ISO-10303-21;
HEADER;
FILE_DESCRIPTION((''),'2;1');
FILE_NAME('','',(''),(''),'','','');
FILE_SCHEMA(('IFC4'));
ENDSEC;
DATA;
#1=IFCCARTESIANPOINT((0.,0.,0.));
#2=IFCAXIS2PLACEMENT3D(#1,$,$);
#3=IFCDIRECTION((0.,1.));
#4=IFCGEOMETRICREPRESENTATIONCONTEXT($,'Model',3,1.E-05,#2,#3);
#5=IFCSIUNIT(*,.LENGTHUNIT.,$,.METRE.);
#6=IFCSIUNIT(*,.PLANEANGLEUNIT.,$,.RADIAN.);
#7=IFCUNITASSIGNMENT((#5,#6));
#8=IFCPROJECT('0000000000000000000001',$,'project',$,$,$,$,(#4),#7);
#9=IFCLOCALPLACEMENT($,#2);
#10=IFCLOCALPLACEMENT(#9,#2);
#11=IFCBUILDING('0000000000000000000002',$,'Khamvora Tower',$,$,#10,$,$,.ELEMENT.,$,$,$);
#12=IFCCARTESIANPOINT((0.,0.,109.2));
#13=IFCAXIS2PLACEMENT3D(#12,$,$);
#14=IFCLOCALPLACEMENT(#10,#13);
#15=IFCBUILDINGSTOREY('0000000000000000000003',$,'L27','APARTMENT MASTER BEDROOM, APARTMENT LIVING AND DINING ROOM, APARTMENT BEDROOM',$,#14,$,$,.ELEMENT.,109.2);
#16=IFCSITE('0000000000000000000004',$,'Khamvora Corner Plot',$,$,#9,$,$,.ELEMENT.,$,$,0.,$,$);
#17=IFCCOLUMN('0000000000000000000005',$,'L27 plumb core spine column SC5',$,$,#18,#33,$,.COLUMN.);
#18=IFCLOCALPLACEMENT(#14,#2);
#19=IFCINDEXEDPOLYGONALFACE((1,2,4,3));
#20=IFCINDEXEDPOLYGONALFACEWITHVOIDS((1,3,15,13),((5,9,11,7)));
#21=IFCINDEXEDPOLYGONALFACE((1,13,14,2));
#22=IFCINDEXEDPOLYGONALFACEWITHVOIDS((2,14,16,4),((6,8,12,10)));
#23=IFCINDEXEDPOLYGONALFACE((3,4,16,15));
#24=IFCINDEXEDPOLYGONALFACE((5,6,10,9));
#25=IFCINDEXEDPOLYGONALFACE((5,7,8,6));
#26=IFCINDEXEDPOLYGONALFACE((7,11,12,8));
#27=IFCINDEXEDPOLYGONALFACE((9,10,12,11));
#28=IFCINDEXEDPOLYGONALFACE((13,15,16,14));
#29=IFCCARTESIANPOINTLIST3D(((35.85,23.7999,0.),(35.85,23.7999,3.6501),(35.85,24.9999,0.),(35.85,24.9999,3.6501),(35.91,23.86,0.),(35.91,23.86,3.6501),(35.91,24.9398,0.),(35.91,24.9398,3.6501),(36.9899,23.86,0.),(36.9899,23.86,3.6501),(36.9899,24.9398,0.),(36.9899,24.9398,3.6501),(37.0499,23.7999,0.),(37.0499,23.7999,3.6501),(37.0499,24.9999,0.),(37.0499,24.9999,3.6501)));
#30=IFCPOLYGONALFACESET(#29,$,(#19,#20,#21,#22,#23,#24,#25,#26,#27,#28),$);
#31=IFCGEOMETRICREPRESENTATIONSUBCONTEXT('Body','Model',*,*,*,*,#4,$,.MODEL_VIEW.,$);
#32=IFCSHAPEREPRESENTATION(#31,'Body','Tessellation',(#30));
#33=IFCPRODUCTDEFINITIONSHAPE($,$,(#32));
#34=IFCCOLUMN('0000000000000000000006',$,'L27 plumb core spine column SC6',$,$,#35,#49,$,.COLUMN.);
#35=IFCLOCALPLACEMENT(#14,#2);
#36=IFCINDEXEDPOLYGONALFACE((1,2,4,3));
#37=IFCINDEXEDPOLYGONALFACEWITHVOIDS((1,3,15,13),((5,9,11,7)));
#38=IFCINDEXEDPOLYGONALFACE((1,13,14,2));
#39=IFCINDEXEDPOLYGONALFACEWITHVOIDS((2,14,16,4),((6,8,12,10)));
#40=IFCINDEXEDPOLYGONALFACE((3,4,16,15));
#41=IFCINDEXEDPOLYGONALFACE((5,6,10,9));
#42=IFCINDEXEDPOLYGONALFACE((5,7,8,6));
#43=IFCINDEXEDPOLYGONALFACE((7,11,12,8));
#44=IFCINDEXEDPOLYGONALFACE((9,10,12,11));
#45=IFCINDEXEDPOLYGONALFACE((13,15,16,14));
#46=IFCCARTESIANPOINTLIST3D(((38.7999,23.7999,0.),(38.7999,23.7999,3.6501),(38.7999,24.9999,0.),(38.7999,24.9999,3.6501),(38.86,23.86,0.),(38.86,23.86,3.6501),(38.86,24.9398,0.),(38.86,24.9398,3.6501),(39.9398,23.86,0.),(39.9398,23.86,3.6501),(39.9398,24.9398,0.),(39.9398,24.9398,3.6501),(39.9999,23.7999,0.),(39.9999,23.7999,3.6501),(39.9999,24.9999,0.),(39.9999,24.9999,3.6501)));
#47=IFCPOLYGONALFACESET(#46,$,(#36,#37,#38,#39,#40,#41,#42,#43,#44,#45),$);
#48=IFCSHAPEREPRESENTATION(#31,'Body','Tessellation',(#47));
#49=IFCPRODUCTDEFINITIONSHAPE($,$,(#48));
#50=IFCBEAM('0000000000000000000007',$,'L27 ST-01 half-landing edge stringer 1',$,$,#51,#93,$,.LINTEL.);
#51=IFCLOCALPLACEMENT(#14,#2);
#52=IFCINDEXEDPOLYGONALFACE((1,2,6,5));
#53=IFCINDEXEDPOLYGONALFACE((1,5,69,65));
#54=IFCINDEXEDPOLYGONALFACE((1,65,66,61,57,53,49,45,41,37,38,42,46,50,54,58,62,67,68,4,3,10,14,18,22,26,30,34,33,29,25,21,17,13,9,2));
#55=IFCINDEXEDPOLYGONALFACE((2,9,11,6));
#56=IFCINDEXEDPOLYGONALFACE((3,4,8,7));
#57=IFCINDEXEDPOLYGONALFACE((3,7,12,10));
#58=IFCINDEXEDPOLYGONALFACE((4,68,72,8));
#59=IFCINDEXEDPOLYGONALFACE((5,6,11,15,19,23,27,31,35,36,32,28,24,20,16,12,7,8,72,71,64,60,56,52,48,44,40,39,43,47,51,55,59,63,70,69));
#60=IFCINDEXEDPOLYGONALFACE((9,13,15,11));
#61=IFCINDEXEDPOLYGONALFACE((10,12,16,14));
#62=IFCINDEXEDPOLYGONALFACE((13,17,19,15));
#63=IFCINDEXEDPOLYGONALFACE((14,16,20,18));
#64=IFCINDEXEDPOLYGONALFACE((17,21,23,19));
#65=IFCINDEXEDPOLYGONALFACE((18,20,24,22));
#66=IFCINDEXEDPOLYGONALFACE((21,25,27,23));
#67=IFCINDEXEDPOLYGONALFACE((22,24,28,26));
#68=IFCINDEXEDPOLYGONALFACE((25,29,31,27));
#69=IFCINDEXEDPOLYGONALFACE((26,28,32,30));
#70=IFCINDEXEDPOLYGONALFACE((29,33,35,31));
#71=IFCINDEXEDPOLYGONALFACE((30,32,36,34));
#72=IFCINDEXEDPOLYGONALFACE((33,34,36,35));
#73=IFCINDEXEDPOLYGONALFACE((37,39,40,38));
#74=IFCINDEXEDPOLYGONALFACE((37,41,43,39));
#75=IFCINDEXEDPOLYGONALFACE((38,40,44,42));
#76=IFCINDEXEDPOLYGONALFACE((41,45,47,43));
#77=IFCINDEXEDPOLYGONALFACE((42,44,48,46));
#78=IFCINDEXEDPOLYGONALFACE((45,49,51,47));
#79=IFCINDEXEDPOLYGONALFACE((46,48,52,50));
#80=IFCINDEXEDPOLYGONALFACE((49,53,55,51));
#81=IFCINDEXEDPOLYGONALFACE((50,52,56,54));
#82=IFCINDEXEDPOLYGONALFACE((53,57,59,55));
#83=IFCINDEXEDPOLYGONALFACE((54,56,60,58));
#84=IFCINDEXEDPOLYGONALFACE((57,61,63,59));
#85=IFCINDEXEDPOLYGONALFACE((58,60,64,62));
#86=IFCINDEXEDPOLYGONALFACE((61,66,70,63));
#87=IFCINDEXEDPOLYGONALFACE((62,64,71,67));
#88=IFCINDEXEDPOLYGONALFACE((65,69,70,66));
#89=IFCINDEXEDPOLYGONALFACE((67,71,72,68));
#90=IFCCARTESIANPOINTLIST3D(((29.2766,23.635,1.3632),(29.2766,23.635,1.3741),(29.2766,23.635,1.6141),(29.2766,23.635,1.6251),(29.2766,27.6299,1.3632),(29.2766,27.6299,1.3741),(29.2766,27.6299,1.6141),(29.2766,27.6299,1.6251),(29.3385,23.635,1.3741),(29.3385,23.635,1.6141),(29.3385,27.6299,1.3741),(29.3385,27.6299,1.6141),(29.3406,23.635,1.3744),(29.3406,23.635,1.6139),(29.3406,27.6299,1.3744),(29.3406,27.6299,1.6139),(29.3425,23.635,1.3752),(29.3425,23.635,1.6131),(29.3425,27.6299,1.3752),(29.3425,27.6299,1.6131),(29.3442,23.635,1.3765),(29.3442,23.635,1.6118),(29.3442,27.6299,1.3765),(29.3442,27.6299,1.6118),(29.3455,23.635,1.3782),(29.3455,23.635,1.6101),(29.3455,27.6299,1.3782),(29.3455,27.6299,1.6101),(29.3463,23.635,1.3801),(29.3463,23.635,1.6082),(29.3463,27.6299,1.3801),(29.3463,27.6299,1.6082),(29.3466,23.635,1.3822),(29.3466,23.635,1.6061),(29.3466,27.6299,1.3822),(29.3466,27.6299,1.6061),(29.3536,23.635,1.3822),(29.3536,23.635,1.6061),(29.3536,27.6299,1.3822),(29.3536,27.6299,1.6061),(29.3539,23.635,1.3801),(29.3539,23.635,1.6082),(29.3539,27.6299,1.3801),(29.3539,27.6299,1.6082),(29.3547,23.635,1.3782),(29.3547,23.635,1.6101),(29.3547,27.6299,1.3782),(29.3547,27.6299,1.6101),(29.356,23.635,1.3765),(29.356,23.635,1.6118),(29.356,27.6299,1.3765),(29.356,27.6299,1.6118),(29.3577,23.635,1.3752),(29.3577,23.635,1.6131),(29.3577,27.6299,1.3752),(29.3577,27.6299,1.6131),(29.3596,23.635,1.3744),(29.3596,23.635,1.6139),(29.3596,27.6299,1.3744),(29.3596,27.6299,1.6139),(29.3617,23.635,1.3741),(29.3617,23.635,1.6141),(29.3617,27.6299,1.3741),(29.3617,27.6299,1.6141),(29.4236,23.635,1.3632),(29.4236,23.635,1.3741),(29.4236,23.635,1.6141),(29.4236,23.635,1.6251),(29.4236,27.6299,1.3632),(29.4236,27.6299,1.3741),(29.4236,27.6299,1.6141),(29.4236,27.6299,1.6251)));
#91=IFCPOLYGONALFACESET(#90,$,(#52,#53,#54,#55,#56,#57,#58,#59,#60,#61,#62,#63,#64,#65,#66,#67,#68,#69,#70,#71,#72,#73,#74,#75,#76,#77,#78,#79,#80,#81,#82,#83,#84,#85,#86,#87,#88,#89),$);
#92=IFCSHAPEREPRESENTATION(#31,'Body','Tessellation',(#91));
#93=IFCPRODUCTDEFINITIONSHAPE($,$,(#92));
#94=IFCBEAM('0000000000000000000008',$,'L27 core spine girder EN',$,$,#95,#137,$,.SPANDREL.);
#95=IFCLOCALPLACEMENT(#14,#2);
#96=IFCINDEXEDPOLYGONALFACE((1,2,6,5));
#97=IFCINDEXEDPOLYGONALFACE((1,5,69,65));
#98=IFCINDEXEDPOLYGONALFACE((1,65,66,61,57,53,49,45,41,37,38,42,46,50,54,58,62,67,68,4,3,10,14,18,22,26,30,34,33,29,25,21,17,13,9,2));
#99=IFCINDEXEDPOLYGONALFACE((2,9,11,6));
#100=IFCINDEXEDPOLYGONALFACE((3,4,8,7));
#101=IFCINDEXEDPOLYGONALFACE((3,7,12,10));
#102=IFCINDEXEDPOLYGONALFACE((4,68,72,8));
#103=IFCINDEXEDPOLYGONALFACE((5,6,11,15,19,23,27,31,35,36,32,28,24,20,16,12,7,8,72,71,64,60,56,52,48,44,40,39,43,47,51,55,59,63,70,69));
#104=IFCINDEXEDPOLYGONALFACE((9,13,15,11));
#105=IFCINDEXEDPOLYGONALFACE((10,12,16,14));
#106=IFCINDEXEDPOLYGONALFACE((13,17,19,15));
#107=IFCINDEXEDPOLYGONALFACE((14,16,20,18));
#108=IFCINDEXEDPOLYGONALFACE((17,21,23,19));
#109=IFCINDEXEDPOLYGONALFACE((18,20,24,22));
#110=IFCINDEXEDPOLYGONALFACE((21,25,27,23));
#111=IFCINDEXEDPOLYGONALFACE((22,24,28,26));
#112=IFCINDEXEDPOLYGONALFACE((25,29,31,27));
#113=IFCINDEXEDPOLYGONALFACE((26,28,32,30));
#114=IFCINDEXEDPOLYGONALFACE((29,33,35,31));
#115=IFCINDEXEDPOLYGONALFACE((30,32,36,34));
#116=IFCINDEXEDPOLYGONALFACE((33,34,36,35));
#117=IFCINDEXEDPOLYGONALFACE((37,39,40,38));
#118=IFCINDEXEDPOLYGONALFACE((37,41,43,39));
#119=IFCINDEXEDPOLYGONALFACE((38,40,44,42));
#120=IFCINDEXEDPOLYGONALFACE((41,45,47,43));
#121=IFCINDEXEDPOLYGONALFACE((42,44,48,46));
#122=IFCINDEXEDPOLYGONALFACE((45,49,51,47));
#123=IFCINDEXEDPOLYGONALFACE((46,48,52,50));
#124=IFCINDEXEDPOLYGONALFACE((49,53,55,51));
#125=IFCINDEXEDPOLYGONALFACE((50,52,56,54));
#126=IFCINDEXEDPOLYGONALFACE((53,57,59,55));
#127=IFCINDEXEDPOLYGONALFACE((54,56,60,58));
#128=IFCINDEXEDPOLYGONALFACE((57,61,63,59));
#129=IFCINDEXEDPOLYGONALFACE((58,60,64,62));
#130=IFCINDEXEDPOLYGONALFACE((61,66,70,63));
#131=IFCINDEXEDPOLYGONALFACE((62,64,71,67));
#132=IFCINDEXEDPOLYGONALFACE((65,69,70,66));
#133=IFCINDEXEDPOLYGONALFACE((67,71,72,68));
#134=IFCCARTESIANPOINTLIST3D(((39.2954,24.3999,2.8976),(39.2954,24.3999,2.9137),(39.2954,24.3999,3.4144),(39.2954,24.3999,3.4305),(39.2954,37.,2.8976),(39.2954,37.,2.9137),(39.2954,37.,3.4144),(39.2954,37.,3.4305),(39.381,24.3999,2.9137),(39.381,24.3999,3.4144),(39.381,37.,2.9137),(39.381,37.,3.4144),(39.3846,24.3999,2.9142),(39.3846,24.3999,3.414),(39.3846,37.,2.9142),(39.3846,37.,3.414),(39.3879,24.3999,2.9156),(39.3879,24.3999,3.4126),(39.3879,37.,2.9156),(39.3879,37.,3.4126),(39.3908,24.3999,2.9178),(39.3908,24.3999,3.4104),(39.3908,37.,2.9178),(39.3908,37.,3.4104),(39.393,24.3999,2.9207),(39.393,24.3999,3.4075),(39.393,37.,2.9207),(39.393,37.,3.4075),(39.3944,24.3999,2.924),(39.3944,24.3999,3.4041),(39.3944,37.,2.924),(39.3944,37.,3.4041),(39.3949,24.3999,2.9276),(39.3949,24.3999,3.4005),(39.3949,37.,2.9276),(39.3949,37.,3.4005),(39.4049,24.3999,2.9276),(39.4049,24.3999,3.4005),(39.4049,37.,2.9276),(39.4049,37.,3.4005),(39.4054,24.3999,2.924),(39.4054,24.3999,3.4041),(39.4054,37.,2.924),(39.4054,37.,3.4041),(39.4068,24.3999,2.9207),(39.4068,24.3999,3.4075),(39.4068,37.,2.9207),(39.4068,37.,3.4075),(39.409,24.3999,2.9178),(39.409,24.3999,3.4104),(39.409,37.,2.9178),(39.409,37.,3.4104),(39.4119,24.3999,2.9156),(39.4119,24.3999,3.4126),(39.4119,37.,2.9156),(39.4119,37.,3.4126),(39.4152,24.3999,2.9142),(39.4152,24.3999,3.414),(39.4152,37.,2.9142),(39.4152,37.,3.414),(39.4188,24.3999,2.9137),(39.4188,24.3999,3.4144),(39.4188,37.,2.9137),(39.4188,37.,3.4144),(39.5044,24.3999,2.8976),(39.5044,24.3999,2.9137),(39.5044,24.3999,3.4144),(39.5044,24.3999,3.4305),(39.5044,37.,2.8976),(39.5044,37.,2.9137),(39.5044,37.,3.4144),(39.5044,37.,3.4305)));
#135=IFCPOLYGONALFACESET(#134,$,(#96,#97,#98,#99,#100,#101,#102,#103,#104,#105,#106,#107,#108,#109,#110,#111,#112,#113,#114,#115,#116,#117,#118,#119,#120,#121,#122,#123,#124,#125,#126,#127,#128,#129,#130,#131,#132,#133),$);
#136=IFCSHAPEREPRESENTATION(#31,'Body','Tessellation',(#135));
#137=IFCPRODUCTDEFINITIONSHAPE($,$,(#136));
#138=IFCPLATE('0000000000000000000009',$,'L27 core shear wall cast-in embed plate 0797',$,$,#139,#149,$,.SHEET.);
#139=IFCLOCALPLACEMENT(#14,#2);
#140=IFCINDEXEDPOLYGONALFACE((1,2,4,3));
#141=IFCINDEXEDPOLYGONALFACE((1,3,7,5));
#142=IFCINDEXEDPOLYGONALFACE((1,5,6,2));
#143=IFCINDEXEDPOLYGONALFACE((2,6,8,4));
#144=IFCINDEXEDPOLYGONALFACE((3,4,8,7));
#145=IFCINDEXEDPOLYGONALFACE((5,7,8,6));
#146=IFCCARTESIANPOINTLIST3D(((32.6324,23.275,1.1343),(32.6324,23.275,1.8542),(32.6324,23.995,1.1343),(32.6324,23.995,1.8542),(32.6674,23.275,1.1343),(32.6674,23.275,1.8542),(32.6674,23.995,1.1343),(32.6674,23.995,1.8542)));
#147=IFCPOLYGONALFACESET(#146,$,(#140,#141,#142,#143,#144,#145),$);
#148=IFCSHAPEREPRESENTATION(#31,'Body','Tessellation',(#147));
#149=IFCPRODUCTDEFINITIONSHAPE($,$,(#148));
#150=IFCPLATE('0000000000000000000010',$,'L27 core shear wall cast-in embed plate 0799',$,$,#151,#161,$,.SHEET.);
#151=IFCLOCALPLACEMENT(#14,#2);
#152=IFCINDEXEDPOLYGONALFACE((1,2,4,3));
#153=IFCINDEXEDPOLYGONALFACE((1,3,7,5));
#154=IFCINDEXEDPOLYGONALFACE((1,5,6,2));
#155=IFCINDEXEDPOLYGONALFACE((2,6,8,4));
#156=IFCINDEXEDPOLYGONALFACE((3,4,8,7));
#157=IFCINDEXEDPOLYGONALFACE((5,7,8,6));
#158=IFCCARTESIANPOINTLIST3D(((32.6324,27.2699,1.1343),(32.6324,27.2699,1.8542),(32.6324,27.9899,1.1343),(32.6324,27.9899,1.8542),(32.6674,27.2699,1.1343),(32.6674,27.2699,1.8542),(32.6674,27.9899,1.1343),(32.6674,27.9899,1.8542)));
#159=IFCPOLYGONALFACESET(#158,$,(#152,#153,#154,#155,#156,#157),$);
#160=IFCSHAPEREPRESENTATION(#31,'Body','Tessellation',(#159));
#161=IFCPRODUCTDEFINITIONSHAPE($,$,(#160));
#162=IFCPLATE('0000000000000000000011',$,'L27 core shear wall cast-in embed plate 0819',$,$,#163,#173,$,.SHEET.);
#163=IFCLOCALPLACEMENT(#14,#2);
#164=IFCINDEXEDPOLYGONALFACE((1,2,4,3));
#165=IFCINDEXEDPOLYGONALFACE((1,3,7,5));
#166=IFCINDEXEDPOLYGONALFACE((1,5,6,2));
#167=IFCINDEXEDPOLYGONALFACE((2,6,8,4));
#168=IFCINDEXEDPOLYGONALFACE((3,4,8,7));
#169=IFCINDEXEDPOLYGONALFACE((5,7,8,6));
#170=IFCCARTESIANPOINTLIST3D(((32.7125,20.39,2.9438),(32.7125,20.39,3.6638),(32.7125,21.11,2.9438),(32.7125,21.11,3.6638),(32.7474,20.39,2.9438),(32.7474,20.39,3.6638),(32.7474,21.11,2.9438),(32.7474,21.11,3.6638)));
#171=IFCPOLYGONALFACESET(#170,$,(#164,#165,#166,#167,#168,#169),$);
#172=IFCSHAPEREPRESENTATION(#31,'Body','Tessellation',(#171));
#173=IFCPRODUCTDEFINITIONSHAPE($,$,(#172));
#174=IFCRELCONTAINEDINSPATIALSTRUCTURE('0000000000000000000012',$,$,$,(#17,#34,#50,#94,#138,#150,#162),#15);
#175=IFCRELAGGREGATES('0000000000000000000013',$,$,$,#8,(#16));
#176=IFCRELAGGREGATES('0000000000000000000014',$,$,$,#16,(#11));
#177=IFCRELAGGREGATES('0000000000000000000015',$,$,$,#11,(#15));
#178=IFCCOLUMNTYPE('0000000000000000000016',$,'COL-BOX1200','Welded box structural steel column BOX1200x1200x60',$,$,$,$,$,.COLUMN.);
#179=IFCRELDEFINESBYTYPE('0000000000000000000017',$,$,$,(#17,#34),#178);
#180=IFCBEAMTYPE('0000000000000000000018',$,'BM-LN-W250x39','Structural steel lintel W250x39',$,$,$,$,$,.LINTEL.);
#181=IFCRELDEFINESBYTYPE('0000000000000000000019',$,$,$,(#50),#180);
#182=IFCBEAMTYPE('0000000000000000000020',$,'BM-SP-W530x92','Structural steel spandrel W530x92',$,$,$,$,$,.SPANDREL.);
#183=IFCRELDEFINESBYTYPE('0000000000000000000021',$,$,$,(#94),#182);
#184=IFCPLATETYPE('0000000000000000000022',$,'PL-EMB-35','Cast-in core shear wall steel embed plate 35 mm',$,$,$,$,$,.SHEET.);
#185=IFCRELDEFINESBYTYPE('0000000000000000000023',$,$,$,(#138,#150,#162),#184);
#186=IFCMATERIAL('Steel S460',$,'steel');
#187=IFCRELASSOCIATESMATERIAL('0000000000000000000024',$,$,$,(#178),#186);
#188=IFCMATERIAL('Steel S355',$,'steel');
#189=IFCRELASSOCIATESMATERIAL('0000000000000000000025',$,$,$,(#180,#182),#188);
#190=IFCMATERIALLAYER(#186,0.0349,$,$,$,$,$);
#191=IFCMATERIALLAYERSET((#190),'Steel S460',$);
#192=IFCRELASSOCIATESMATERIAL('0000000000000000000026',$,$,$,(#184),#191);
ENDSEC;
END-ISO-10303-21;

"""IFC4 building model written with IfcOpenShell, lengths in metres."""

from ifc_helpers import new_model, si_unit, direction, frame, origin, origin_2d, place, context, subcontext, project, spatial, rectangle, hollow_rectangle, i_section, extrude, material, layer, layer_set, material_profile, profile_set, type_object, element, save


model = new_model("IFC4")

# Units and contexts
model_context = context("Model", 3, precision=1e-05, world=origin(), true_north=direction((0.0, 1.0)))
body_context = subcontext(model_context, "Body", "Model", "MODEL_VIEW")
ifc_project = project(units=[si_unit("LENGTHUNIT", "METRE"), si_unit("PLANEANGLEUNIT", "RADIAN")], contexts=[model_context])

# Site, building, storey
site_placement = place(None, origin())
site = spatial("IfcSite", under=ifc_project, at=site_placement, Name="Khamvora Corner Plot", CompositionType="ELEMENT", RefElevation=0.0)
building_placement = place(site_placement, origin())
building = spatial("IfcBuilding", under=site, at=building_placement, Name="Khamvora Tower", CompositionType="ELEMENT")
storey_placement = place(building_placement, frame((0.0, 0.0, 109.2)))
storey = spatial("IfcBuildingStorey", under=building, at=storey_placement, Name="L27", Description="APARTMENT MASTER BEDROOM, APARTMENT LIVING AND DINING ROOM, APARTMENT BEDROOM", CompositionType="ELEMENT", Elevation=109.2)

# Columns
ifc_material_1 = material(Name="Steel S460", Category="steel")
ifc_material_profile_1 = material_profile(ifc_material_1, hollow_rectangle(XDim=1.2, YDim=1.2, WallThickness=0.0601, at=origin_2d()), Name="BOX1200x1200x60")
ifc_profile_set_1 = profile_set([ifc_material_profile_1], Name="Steel S460")
column_type = type_object("IfcColumnType", Name="COL-BOX1200", Description="Welded box structural steel column BOX1200x1200x60", PredefinedType="COLUMN", material=ifc_profile_set_1)
for number, where, z_axis, x_axis, name in (
    (1, (36.45, 24.3999, 0.0), (0.0, 0.0, 1.0), (1.0, 0.0, 0.0), "L27 plumb core spine column SC5"),
    (2, (39.3999, 24.3999, 0.0), (0.0, 0.0, 1.0), (1.0, 0.0, 0.0), "L27 plumb core spine column SC6"),
):
    element("IfcColumn", number, at=place(storey_placement, frame(where, z_axis=z_axis, x_axis=x_axis)), inside=storey, type_object=column_type, Name=name, PredefinedType="COLUMN", context=body_context, shape_type="SweptSolid", body=[
        extrude(hollow_rectangle(XDim=1.2, YDim=1.2, WallThickness=0.0601, at=origin_2d()), origin(), (0.0, 0.0, 1.0), 3.6501),
    ])

# Beams
ifc_material_2 = material(Name="Steel S355", Category="steel")
ifc_material_profile_2 = material_profile(ifc_material_2, i_section(OverallWidth=0.147, OverallDepth=0.262, WebThickness=0.0071, FlangeThickness=0.011, FilletRadius=0.0081, at=origin_2d()), Name="W250x39")
ifc_profile_set_2 = profile_set([ifc_material_profile_2], Name="Steel S355")
beam_type_1 = type_object("IfcBeamType", Name="BM-LN-W250x39", Description="Structural steel lintel W250x39", PredefinedType="LINTEL", material=ifc_profile_set_2)
beam_1_placement = place(storey_placement, frame((29.3501, 23.635, 1.4941), z_axis=(0.0, 1.0, 0.0), x_axis=(-1.0, 0.0, 0.0)))
element("IfcBeam", 3, at=beam_1_placement, inside=storey, type_object=beam_type_1, Name="L27 ST-01 half-landing edge stringer 1", PredefinedType="LINTEL", context=body_context, shape_type="SweptSolid", body=[
    extrude(i_section(OverallWidth=0.147, OverallDepth=0.262, WebThickness=0.0071, FlangeThickness=0.011, FilletRadius=0.0081, at=origin_2d()), origin(), (0.0, 0.0, 1.0), 3.9949),
])
ifc_material_profile_3 = material_profile(ifc_material_2, i_section(OverallWidth=0.209, OverallDepth=0.533, WebThickness=0.01, FlangeThickness=0.0161, FilletRadius=0.0139, at=origin_2d()), Name="W530x92")
ifc_profile_set_3 = profile_set([ifc_material_profile_3], Name="Steel S355")
beam_type_2 = type_object("IfcBeamType", Name="BM-SP-W530x92", Description="Structural steel spandrel W530x92", PredefinedType="SPANDREL", material=ifc_profile_set_3)
beam_2_placement = place(storey_placement, frame((39.3999, 24.3999, 3.1641), z_axis=(0.0, 1.0, 0.0), x_axis=(-1.0, 0.0, 0.0)))
element("IfcBeam", 4, at=beam_2_placement, inside=storey, type_object=beam_type_2, Name="L27 core spine girder EN", PredefinedType="SPANDREL", context=body_context, shape_type="SweptSolid", body=[
    extrude(i_section(OverallWidth=0.209, OverallDepth=0.533, WebThickness=0.01, FlangeThickness=0.0161, FilletRadius=0.0139, at=origin_2d()), origin(), (0.0, 0.0, 1.0), 12.6001),
])

# Plates
ifc_layer_1 = layer(ifc_material_1, 0.0349)
ifc_layer_set_1 = layer_set([ifc_layer_1], Name="Steel S460")
plate_type = type_object("IfcPlateType", Name="PL-EMB-35", Description="Cast-in core shear wall steel embed plate 35 mm", PredefinedType="SHEET", material=ifc_layer_set_1)
for number, where, z_axis, x_axis, name in (
    (5, (32.6499, 23.635, 1.1343), (0.0, 0.0, 1.0), (1.0, 0.0, 0.0), "L27 core shear wall cast-in embed plate 0797"),
    (6, (32.6499, 27.6299, 1.1343), (0.0, 0.0, 1.0), (1.0, 0.0, 0.0), "L27 core shear wall cast-in embed plate 0799"),
    (7, (32.73, 20.75, 2.9438), (0.0, 0.0, 1.0), (1.0, 0.0, 0.0), "L27 core shear wall cast-in embed plate 0819"),
):
    element("IfcPlate", number, at=place(storey_placement, frame(where, z_axis=z_axis, x_axis=x_axis)), inside=storey, type_object=plate_type, Name=name, PredefinedType="SHEET", context=body_context, shape_type="SweptSolid", body=[
        extrude(rectangle(XDim=0.0349, YDim=0.72, at=origin_2d()), origin(), (0.0, 0.0, 1.0), 0.72),
    ])

save(model, "model.ifc")
